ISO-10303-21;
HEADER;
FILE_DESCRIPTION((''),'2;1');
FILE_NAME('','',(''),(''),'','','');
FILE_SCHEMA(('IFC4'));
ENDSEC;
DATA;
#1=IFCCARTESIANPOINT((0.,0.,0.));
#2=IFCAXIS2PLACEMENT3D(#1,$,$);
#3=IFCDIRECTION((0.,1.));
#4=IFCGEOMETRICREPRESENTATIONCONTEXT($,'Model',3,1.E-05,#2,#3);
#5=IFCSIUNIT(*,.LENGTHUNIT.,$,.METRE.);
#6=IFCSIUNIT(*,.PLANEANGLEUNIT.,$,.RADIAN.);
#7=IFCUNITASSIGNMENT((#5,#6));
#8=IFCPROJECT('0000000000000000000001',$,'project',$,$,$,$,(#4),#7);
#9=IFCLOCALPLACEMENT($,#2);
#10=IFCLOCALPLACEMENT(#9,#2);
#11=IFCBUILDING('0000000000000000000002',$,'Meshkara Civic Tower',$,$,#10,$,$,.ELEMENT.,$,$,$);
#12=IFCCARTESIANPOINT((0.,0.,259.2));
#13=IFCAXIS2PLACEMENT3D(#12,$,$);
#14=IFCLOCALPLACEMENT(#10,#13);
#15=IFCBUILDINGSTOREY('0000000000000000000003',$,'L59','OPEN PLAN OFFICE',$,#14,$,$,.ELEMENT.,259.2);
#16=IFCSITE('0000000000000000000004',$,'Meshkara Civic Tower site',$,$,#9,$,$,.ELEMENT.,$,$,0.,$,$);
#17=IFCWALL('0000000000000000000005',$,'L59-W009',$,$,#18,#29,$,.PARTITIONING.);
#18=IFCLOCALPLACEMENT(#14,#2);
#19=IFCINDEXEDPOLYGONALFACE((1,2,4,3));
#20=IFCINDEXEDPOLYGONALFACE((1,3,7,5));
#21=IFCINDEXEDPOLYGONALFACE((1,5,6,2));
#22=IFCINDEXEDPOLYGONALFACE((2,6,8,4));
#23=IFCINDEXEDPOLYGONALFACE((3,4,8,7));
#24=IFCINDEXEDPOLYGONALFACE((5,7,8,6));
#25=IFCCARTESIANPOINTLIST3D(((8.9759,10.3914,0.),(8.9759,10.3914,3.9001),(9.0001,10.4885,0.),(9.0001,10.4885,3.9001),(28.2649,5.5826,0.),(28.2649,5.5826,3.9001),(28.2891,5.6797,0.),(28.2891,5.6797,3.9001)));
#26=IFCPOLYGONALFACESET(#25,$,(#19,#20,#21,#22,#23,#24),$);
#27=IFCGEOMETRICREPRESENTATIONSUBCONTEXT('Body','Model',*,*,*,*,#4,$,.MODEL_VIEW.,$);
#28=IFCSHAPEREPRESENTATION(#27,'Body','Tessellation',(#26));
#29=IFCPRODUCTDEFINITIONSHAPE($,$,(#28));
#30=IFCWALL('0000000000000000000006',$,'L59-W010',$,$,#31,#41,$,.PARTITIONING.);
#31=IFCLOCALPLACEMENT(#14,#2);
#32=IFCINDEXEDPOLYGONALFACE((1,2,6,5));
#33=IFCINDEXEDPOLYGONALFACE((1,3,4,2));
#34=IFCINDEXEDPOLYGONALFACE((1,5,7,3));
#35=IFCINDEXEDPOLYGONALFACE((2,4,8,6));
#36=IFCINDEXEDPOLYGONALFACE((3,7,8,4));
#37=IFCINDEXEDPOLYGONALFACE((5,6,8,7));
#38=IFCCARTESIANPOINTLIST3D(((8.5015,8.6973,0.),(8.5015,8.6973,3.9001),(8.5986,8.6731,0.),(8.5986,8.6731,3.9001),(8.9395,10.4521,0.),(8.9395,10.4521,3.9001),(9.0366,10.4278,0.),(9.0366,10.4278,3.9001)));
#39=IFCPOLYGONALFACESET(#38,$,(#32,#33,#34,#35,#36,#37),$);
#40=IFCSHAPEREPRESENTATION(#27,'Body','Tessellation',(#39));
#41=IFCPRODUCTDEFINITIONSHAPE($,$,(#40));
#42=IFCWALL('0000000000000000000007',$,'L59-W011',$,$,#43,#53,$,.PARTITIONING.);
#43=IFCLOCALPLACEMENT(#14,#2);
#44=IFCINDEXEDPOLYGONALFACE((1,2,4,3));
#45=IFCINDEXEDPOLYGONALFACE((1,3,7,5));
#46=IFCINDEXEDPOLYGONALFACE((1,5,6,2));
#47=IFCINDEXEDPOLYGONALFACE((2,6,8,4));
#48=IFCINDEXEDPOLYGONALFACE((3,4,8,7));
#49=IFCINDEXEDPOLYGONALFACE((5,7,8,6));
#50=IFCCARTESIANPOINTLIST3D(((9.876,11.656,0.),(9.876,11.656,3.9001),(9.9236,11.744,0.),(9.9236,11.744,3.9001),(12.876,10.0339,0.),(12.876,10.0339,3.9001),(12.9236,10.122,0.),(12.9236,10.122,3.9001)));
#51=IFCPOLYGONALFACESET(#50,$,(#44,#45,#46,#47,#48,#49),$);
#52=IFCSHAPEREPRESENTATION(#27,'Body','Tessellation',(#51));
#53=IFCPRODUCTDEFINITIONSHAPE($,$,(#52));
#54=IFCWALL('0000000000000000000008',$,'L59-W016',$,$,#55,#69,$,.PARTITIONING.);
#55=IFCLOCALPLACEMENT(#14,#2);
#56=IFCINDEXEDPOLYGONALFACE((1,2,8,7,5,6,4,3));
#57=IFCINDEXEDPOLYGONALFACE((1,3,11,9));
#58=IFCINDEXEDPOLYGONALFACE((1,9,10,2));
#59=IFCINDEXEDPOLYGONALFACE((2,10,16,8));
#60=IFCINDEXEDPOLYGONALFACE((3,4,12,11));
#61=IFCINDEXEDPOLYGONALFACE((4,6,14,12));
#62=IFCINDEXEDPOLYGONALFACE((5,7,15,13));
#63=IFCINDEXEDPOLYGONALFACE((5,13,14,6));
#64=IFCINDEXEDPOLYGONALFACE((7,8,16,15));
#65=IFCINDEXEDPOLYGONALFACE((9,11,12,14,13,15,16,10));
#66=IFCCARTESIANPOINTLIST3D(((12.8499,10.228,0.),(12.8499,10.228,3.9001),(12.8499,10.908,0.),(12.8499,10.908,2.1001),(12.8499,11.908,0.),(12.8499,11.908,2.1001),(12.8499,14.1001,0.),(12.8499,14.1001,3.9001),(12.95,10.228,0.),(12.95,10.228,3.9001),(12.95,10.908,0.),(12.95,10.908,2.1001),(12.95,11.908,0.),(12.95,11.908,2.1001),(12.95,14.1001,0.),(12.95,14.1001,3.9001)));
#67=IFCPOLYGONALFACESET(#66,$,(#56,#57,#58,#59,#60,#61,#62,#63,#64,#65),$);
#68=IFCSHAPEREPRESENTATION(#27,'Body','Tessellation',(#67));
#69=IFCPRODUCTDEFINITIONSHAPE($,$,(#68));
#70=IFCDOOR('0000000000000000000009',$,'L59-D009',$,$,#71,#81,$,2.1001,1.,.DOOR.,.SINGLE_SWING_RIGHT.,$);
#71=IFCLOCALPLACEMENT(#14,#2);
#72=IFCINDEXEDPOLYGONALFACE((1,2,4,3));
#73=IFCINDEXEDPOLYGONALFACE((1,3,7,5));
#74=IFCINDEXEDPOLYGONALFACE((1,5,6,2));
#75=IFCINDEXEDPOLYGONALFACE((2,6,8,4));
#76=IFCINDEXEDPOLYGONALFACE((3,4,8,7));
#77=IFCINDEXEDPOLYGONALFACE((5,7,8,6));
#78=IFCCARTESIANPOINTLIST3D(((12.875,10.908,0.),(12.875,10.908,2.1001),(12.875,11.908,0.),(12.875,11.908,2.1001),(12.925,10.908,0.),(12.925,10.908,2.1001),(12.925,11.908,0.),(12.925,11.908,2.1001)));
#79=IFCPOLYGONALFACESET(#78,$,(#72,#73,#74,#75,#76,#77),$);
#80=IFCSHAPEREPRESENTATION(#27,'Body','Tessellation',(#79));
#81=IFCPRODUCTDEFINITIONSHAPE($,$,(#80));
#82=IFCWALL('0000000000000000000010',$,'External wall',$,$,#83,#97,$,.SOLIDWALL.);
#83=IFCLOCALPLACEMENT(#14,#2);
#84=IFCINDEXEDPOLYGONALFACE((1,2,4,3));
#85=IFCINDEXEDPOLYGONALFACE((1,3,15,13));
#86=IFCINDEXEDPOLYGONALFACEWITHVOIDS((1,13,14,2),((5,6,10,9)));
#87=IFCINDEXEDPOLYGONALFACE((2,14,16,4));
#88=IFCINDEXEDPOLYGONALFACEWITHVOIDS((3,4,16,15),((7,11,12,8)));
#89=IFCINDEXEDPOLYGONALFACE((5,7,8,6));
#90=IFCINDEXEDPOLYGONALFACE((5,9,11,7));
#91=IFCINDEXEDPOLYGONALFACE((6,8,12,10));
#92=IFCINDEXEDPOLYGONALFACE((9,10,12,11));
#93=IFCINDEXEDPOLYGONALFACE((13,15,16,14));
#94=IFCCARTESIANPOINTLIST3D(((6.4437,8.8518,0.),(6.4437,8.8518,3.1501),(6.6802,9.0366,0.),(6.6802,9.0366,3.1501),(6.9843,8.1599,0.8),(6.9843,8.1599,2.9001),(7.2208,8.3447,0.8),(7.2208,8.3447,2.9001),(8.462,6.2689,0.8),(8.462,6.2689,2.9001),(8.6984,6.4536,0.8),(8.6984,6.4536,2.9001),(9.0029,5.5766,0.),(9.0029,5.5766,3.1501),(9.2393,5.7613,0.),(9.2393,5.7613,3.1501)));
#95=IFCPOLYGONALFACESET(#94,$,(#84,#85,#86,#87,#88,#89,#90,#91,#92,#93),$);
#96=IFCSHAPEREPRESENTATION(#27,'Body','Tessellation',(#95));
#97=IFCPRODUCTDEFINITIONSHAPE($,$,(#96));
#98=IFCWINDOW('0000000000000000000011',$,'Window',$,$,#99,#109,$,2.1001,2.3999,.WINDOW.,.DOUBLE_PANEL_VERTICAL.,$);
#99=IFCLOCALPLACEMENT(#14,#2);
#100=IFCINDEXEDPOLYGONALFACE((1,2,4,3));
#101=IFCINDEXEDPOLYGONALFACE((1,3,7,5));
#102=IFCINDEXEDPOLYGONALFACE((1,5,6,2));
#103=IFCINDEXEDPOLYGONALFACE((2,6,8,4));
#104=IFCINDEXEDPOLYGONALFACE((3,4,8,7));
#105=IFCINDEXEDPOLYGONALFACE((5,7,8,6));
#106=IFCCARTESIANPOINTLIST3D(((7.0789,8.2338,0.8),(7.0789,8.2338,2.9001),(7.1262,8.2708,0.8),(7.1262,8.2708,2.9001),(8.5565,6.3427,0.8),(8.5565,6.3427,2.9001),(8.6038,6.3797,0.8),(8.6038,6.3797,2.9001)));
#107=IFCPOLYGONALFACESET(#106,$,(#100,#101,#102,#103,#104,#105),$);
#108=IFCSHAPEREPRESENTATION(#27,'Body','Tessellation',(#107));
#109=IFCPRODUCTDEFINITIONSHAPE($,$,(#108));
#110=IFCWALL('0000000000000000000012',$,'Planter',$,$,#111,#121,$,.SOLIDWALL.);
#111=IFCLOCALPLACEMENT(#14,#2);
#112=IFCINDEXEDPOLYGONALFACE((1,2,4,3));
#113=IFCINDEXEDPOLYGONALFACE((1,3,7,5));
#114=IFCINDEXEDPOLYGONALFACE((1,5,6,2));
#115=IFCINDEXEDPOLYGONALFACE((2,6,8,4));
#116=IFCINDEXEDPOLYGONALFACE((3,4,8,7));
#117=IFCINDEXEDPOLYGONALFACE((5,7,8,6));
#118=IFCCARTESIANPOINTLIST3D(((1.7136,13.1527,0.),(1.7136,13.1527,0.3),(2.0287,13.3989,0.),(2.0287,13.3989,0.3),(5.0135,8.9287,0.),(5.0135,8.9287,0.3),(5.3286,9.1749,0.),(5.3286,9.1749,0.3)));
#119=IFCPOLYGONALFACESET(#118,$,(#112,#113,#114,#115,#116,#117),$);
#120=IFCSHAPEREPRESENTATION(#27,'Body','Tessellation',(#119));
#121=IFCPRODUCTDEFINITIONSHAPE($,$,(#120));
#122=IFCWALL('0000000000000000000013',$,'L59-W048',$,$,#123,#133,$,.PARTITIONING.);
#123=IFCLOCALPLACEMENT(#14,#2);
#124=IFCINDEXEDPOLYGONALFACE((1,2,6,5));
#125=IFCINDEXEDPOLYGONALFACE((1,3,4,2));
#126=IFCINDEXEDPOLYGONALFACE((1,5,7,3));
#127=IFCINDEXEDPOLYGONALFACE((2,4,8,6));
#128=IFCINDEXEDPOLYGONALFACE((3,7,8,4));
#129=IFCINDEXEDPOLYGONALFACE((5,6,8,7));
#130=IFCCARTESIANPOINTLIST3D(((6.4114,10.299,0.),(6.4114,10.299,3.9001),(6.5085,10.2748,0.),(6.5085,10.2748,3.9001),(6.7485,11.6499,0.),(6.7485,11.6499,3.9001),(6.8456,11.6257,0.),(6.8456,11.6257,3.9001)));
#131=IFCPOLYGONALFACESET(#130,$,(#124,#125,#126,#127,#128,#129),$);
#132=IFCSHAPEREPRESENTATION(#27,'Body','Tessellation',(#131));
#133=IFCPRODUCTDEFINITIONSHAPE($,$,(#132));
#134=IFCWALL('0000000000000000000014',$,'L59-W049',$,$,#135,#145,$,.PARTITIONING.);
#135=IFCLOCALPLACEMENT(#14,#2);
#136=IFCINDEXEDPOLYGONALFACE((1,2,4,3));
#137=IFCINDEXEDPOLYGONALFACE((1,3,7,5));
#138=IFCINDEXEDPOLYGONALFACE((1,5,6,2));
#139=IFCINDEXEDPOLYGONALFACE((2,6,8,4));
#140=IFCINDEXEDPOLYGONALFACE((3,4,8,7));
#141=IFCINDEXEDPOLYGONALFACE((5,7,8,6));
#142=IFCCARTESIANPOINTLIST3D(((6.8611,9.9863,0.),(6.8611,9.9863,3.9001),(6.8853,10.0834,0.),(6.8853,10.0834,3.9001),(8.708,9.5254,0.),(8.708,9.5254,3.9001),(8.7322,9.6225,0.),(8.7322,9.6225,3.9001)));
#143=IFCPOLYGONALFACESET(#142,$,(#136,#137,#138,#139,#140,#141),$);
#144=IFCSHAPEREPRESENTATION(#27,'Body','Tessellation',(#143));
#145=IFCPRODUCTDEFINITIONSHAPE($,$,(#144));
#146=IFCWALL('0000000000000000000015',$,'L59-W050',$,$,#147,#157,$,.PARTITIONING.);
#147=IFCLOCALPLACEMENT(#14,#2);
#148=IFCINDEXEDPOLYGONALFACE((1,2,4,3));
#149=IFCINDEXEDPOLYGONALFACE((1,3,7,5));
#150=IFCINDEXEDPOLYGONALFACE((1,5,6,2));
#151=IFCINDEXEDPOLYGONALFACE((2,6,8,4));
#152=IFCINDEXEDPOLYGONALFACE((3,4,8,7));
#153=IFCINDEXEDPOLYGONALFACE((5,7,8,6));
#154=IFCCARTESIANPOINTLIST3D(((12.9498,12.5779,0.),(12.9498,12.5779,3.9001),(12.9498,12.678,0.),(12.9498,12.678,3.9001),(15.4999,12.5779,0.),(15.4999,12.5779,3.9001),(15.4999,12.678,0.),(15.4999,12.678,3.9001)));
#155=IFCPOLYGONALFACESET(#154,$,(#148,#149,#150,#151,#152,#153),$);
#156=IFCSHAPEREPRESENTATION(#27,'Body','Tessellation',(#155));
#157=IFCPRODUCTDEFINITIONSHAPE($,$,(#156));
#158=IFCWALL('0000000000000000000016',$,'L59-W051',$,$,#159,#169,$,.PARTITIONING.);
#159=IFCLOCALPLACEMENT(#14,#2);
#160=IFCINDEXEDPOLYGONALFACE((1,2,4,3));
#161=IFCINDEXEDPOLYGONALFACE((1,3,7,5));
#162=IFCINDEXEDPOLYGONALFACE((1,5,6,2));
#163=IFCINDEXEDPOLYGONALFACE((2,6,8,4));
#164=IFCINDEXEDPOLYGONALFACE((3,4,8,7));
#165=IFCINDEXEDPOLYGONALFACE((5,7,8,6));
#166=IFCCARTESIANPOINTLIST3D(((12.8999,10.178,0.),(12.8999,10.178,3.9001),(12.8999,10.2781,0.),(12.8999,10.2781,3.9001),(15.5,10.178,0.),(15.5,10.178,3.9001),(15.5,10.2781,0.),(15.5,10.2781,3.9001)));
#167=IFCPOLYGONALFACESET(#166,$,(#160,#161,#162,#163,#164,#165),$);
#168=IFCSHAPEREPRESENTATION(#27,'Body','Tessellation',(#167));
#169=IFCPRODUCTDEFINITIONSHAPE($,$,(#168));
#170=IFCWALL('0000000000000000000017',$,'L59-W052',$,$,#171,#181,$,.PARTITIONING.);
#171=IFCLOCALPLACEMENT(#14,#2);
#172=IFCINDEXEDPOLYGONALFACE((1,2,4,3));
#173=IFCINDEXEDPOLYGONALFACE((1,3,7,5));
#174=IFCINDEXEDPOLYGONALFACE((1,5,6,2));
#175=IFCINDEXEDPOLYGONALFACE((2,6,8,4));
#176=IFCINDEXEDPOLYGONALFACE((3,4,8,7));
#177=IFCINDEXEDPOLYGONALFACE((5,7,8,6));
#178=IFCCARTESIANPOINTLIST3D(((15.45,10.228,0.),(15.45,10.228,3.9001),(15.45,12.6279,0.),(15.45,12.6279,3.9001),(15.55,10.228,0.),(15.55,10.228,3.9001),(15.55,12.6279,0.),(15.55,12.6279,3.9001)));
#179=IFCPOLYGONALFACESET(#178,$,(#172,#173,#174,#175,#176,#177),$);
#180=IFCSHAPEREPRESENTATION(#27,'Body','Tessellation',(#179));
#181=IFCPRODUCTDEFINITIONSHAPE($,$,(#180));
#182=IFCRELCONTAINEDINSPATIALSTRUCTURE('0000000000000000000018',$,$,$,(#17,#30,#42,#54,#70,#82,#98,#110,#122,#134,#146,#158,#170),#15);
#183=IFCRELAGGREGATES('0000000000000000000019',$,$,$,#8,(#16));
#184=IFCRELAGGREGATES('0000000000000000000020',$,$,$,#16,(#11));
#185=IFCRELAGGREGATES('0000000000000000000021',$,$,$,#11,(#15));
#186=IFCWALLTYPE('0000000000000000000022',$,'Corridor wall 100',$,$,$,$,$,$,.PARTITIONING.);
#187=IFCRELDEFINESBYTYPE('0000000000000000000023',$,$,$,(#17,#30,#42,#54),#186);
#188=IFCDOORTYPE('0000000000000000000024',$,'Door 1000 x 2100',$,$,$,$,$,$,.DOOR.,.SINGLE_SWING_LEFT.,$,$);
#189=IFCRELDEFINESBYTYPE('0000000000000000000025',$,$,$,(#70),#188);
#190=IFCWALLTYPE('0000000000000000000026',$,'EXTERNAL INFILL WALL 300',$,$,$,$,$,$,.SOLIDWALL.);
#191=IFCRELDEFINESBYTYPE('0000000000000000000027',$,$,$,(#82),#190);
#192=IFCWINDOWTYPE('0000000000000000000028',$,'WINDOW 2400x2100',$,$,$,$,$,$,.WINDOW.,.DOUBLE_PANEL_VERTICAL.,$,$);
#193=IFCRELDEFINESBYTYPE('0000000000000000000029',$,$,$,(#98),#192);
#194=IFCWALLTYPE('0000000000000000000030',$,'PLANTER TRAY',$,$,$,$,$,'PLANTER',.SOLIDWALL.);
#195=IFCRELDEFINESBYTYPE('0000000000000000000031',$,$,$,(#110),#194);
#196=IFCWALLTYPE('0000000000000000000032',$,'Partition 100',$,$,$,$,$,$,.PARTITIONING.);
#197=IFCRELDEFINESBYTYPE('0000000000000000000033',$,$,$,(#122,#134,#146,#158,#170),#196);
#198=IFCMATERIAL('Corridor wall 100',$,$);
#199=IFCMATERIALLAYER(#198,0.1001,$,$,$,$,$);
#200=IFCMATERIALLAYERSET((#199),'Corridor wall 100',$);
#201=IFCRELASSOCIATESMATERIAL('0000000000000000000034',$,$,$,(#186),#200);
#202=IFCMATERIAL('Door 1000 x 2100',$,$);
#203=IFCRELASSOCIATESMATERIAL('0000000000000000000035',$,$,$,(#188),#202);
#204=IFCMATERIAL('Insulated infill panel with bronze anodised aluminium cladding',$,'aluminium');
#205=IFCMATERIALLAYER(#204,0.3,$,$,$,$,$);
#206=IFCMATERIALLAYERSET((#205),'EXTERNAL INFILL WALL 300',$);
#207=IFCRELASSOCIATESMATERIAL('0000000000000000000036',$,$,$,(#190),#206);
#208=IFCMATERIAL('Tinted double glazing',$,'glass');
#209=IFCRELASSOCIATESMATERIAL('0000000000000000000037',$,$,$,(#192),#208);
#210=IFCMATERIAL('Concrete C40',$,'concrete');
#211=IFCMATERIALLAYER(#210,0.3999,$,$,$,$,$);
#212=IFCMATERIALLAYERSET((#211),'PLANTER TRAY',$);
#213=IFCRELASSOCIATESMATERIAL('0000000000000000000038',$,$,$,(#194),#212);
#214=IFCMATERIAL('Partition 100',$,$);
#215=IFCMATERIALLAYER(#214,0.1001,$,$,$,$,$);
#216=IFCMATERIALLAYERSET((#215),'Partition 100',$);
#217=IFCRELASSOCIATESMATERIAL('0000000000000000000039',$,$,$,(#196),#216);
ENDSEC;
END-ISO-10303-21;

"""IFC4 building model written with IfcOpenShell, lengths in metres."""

from ifc_helpers import new_model, si_unit, direction, frame, frame_2d, origin, place, context, subcontext, project, spatial, rectangle, extrude, material, layer, layer_set, type_object, element, fill, save


model = new_model("IFC4")

# Units and contexts
model_context = context("Model", 3, precision=1e-05, world=origin(), true_north=direction((0.0, 1.0)))
body_context = subcontext(model_context, "Body", "Model", "MODEL_VIEW")
ifc_project = project(units=[si_unit("LENGTHUNIT", "METRE"), si_unit("PLANEANGLEUNIT", "RADIAN")], contexts=[model_context])

# Site, building, storey
site_placement = place(None, origin())
site = spatial("IfcSite", under=ifc_project, at=site_placement, Name="Meshkara Civic Tower site", CompositionType="ELEMENT", RefElevation=0.0)
building_placement = place(site_placement, origin())
building = spatial("IfcBuilding", under=site, at=building_placement, Name="Meshkara Civic Tower", CompositionType="ELEMENT")
storey_placement = place(building_placement, frame((0.0, 0.0, 259.2)))
storey = spatial("IfcBuildingStorey", under=building, at=storey_placement, Name="L59", Description="OPEN PLAN OFFICE", CompositionType="ELEMENT", Elevation=259.2)

# Shared definitions
ifc_material_1 = material(Name="Corridor wall 100")
ifc_layer_1 = layer(ifc_material_1, 0.1001)
ifc_layer_set_1 = layer_set([ifc_layer_1], Name="Corridor wall 100")
wall_type_1 = type_object("IfcWallType", Name="Corridor wall 100", PredefinedType="PARTITIONING", material=ifc_layer_set_1)

# Shared definitions
ifc_material_2 = material(Name="Door 1000 x 2100")
door_type_1 = type_object("IfcDoorType", Name="Door 1000 x 2100", OperationType="SINGLE_SWING_LEFT", PredefinedType="DOOR", material=ifc_material_2)

# Walls
wall_1_placement = place(storey_placement, frame((8.988, 10.4399, 0.0), z_axis=(0.0, 0.0, 1.0), x_axis=(0.970301, -0.2419, 0.0)))
element("IfcWall", 1, at=wall_1_placement, inside=storey, type_object=wall_type_1, Name="L59-W009", PredefinedType="PARTITIONING", context=body_context, shape_type="SweptSolid", body=[
    extrude(rectangle(XDim=19.8794, YDim=0.1001, at=frame_2d((9.9397, 0.0))), origin(), (0.0, 0.0, 1.0), 3.9001),
])
wall_2_placement = place(storey_placement, frame((8.988, 10.4399, 0.0), z_axis=(0.0, 0.0, 1.0), x_axis=(-0.242154, -0.970238, 0.0)))
element("IfcWall", 2, at=wall_2_placement, inside=storey, type_object=wall_type_1, Name="L59-W010", PredefinedType="PARTITIONING", context=body_context, shape_type="SweptSolid", body=[
    extrude(rectangle(XDim=1.8086, YDim=0.1001, at=frame_2d((0.9043, 0.0))), origin(), (0.0, 0.0, 1.0), 3.9001),
])
wall_3_placement = place(storey_placement, frame((9.8999, 11.7, 0.0), z_axis=(0.0, 0.0, 1.0), x_axis=(0.879651, -0.475619, 0.0)))
element("IfcWall", 3, at=wall_3_placement, inside=storey, type_object=wall_type_1, Name="L59-W011", PredefinedType="PARTITIONING", context=body_context, shape_type="SweptSolid", body=[
    extrude(rectangle(XDim=3.4104, YDim=0.1001, at=frame_2d((1.7051, 0.0))), origin(), (0.0, 0.0, 1.0), 3.9001),
])

# Wall, opening, door
wall_4_placement = place(storey_placement, frame((12.8999, 10.228, 0.0), z_axis=(0.0, 0.0, 1.0), x_axis=(0.0, 1.0, 0.0)))
wall_4 = element("IfcWall", 4, at=wall_4_placement, inside=storey, type_object=wall_type_1, Name="L59-W016", PredefinedType="PARTITIONING", context=body_context, shape_type="SweptSolid", body=[
    extrude(rectangle(XDim=3.8721, YDim=0.1001, at=frame_2d((1.936, 0.0))), origin(), (0.0, 0.0, 1.0), 3.9001),
])
opening_1_placement = place(wall_4_placement, frame((0.6799, 0.0, 0.0)))
opening_1 = element("IfcOpeningElement", 5, at=opening_1_placement, cuts=wall_4, PredefinedType="OPENING", context=body_context, shape_type="SweptSolid", body=[
    extrude(rectangle(XDim=1.0, YDim=2.1001, at=frame_2d((0.5, 1.05))), frame((0.0, 0.0601, 0.0), z_axis=(0.0, -1.0, 0.0), x_axis=(1.0, 0.0, 0.0)), (0.0, 0.0, 1.0), 0.1201),
])
door_1_placement = place(opening_1_placement, origin())
door_1 = element("IfcDoor", 6, at=door_1_placement, inside=storey, type_object=door_type_1, Name="L59-D009", OperationType="SINGLE_SWING_RIGHT", OverallHeight=2.1001, OverallWidth=1.0, PredefinedType="DOOR", context=body_context, shape_type="SweptSolid", body=[
    extrude(rectangle(XDim=1.0, YDim=2.1001, at=frame_2d((0.5, 1.05))), frame((0.0, 0.0249, 0.0), z_axis=(0.0, -1.0, 0.0), x_axis=(1.0, 0.0, 0.0)), (0.0, 0.0, 1.0), 0.05),
])
fill(opening_1, door_1)

# Wall, opening, window
ifc_material_3 = material(Name="Insulated infill panel with bronze anodised aluminium cladding", Category="aluminium")
ifc_layer_2 = layer(ifc_material_3, 0.3)
ifc_layer_set_2 = layer_set([ifc_layer_2], Name="EXTERNAL INFILL WALL 300")
wall_type_2 = type_object("IfcWallType", Name="EXTERNAL INFILL WALL 300", PredefinedType="SOLIDWALL", material=ifc_layer_set_2)
wall_5_placement = place(storey_placement, frame((6.562, 8.9441, 0.0), z_axis=(0.0, 0.0, 1.0), x_axis=(0.6157, -0.787981, 0.0)))
wall_5 = element("IfcWall", 7, at=wall_5_placement, inside=storey, type_object=wall_type_2, Name="External wall", PredefinedType="SOLIDWALL", context=body_context, shape_type="SweptSolid", body=[
    extrude(rectangle(XDim=4.1565, YDim=0.3, at=frame_2d((2.0781, 0.0))), origin(), (0.0, 0.0, 1.0), 3.1501),
])
opening_2_placement = place(wall_5_placement, frame((0.8779, 0.0, 0.8)))
opening_2 = element("IfcOpeningElement", 8, at=opening_2_placement, cuts=wall_5, PredefinedType="OPENING", context=body_context, shape_type="SweptSolid", body=[
    extrude(rectangle(XDim=2.3999, YDim=2.1001, at=frame_2d((1.2, 1.05))), frame((0.0, 0.1599, 0.0), z_axis=(0.0, -1.0, 0.0), x_axis=(1.0, 0.0, 0.0)), (0.0, 0.0, 1.0), 0.3201),
])
ifc_material_4 = material(Name="Tinted double glazing", Category="glass")
window_type = type_object("IfcWindowType", Name="WINDOW 2400x2100", PartitioningType="DOUBLE_PANEL_VERTICAL", PredefinedType="WINDOW", material=ifc_material_4)
window_placement = place(opening_2_placement, origin())
window = element("IfcWindow", 9, at=window_placement, inside=storey, type_object=window_type, Name="Window", OverallHeight=2.1001, OverallWidth=2.3999, PartitioningType="DOUBLE_PANEL_VERTICAL", PredefinedType="WINDOW", context=body_context, shape_type="SweptSolid", body=[
    extrude(rectangle(XDim=2.3999, YDim=2.1001, at=frame_2d((1.2, 1.05))), frame((0.0, 0.03, 0.0), z_axis=(0.0, -1.0, 0.0), x_axis=(1.0, 0.0, 0.0)), (0.0, 0.0, 1.0), 0.0601),
])
fill(opening_2, window)

# Walls
ifc_material_5 = material(Name="Concrete C40", Category="concrete")
ifc_layer_3 = layer(ifc_material_5, 0.3999)
ifc_layer_set_3 = layer_set([ifc_layer_3], Name="PLANTER TRAY")
wall_type_3 = type_object("IfcWallType", Name="PLANTER TRAY", ElementType="PLANTER", PredefinedType="SOLIDWALL", material=ifc_layer_set_3)
wall_6_placement = place(storey_placement, frame((1.8711, 13.2759, 0.0), z_axis=(0.0, 0.0, 1.0), x_axis=(0.615633, -0.788033, 0.0)))
element("IfcWall", 10, at=wall_6_placement, inside=storey, type_object=wall_type_3, Name="Planter", PredefinedType="SOLIDWALL", context=body_context, shape_type="SweptSolid", body=[
    extrude(rectangle(XDim=5.3601, YDim=0.3999, at=frame_2d((2.6802, 0.0))), origin(), (0.0, 0.0, 1.0), 0.3),
])
ifc_material_6 = material(Name="Partition 100")
ifc_layer_4 = layer(ifc_material_6, 0.1001)
ifc_layer_set_4 = layer_set([ifc_layer_4], Name="Partition 100")
wall_type_4 = type_object("IfcWallType", Name="Partition 100", PredefinedType="PARTITIONING", material=ifc_layer_set_4)
wall_7_placement = place(storey_placement, frame((6.7971, 11.6379, 0.0), z_axis=(0.0, 0.0, 1.0), x_axis=(-0.242164, -0.970235, 0.0)))
element("IfcWall", 11, at=wall_7_placement, inside=storey, type_object=wall_type_4, Name="L59-W048", PredefinedType="PARTITIONING", context=body_context, shape_type="SweptSolid", body=[
    extrude(rectangle(XDim=1.3923, YDim=0.1001, at=frame_2d((0.6963, 0.0))), origin(), (0.0, 0.0, 1.0), 3.9001),
])
wall_8_placement = place(storey_placement, frame((8.72, 9.574, 0.0), z_axis=(0.0, 0.0, 1.0), x_axis=(-0.97024, 0.242143, 0.0)))
element("IfcWall", 12, at=wall_8_placement, inside=storey, type_object=wall_type_4, Name="L59-W049", PredefinedType="PARTITIONING", context=body_context, shape_type="SweptSolid", body=[
    extrude(rectangle(XDim=1.9036, YDim=0.1001, at=frame_2d((0.9517, 0.0))), origin(), (0.0, 0.0, 1.0), 3.9001),
])
wall_9_placement = place(storey_placement, frame((12.95, 12.6279, 0.0), z_axis=(0.0, 0.0, 1.0), x_axis=(1.0, 0.0, 0.0)))
element("IfcWall", 13, at=wall_9_placement, inside=storey, type_object=wall_type_4, Name="L59-W050", PredefinedType="PARTITIONING", context=body_context, shape_type="SweptSolid", body=[
    extrude(rectangle(XDim=2.55, YDim=0.1001, at=frame_2d((1.2749, 0.0))), origin(), (0.0, 0.0, 1.0), 3.9001),
])
wall_10_placement = place(storey_placement, frame((15.5, 10.228, 0.0), z_axis=(0.0, 0.0, 1.0), x_axis=(-1.0, 0.0, 0.0)))
element("IfcWall", 14, at=wall_10_placement, inside=storey, type_object=wall_type_4, Name="L59-W051", PredefinedType="PARTITIONING", context=body_context, shape_type="SweptSolid", body=[
    extrude(rectangle(XDim=2.6001, YDim=0.1001, at=frame_2d((1.3, 0.0))), origin(), (0.0, 0.0, 1.0), 3.9001),
])
wall_11_placement = place(storey_placement, frame((15.5, 12.6279, 0.0), z_axis=(0.0, 0.0, 1.0), x_axis=(0.0, -1.0, 0.0)))
element("IfcWall", 15, at=wall_11_placement, inside=storey, type_object=wall_type_4, Name="L59-W052", PredefinedType="PARTITIONING", context=body_context, shape_type="SweptSolid", body=[
    extrude(rectangle(XDim=2.3999, YDim=0.1001, at=frame_2d((1.2, 0.0))), origin(), (0.0, 0.0, 1.0), 3.9001),
])

save(model, "model.ifc")
